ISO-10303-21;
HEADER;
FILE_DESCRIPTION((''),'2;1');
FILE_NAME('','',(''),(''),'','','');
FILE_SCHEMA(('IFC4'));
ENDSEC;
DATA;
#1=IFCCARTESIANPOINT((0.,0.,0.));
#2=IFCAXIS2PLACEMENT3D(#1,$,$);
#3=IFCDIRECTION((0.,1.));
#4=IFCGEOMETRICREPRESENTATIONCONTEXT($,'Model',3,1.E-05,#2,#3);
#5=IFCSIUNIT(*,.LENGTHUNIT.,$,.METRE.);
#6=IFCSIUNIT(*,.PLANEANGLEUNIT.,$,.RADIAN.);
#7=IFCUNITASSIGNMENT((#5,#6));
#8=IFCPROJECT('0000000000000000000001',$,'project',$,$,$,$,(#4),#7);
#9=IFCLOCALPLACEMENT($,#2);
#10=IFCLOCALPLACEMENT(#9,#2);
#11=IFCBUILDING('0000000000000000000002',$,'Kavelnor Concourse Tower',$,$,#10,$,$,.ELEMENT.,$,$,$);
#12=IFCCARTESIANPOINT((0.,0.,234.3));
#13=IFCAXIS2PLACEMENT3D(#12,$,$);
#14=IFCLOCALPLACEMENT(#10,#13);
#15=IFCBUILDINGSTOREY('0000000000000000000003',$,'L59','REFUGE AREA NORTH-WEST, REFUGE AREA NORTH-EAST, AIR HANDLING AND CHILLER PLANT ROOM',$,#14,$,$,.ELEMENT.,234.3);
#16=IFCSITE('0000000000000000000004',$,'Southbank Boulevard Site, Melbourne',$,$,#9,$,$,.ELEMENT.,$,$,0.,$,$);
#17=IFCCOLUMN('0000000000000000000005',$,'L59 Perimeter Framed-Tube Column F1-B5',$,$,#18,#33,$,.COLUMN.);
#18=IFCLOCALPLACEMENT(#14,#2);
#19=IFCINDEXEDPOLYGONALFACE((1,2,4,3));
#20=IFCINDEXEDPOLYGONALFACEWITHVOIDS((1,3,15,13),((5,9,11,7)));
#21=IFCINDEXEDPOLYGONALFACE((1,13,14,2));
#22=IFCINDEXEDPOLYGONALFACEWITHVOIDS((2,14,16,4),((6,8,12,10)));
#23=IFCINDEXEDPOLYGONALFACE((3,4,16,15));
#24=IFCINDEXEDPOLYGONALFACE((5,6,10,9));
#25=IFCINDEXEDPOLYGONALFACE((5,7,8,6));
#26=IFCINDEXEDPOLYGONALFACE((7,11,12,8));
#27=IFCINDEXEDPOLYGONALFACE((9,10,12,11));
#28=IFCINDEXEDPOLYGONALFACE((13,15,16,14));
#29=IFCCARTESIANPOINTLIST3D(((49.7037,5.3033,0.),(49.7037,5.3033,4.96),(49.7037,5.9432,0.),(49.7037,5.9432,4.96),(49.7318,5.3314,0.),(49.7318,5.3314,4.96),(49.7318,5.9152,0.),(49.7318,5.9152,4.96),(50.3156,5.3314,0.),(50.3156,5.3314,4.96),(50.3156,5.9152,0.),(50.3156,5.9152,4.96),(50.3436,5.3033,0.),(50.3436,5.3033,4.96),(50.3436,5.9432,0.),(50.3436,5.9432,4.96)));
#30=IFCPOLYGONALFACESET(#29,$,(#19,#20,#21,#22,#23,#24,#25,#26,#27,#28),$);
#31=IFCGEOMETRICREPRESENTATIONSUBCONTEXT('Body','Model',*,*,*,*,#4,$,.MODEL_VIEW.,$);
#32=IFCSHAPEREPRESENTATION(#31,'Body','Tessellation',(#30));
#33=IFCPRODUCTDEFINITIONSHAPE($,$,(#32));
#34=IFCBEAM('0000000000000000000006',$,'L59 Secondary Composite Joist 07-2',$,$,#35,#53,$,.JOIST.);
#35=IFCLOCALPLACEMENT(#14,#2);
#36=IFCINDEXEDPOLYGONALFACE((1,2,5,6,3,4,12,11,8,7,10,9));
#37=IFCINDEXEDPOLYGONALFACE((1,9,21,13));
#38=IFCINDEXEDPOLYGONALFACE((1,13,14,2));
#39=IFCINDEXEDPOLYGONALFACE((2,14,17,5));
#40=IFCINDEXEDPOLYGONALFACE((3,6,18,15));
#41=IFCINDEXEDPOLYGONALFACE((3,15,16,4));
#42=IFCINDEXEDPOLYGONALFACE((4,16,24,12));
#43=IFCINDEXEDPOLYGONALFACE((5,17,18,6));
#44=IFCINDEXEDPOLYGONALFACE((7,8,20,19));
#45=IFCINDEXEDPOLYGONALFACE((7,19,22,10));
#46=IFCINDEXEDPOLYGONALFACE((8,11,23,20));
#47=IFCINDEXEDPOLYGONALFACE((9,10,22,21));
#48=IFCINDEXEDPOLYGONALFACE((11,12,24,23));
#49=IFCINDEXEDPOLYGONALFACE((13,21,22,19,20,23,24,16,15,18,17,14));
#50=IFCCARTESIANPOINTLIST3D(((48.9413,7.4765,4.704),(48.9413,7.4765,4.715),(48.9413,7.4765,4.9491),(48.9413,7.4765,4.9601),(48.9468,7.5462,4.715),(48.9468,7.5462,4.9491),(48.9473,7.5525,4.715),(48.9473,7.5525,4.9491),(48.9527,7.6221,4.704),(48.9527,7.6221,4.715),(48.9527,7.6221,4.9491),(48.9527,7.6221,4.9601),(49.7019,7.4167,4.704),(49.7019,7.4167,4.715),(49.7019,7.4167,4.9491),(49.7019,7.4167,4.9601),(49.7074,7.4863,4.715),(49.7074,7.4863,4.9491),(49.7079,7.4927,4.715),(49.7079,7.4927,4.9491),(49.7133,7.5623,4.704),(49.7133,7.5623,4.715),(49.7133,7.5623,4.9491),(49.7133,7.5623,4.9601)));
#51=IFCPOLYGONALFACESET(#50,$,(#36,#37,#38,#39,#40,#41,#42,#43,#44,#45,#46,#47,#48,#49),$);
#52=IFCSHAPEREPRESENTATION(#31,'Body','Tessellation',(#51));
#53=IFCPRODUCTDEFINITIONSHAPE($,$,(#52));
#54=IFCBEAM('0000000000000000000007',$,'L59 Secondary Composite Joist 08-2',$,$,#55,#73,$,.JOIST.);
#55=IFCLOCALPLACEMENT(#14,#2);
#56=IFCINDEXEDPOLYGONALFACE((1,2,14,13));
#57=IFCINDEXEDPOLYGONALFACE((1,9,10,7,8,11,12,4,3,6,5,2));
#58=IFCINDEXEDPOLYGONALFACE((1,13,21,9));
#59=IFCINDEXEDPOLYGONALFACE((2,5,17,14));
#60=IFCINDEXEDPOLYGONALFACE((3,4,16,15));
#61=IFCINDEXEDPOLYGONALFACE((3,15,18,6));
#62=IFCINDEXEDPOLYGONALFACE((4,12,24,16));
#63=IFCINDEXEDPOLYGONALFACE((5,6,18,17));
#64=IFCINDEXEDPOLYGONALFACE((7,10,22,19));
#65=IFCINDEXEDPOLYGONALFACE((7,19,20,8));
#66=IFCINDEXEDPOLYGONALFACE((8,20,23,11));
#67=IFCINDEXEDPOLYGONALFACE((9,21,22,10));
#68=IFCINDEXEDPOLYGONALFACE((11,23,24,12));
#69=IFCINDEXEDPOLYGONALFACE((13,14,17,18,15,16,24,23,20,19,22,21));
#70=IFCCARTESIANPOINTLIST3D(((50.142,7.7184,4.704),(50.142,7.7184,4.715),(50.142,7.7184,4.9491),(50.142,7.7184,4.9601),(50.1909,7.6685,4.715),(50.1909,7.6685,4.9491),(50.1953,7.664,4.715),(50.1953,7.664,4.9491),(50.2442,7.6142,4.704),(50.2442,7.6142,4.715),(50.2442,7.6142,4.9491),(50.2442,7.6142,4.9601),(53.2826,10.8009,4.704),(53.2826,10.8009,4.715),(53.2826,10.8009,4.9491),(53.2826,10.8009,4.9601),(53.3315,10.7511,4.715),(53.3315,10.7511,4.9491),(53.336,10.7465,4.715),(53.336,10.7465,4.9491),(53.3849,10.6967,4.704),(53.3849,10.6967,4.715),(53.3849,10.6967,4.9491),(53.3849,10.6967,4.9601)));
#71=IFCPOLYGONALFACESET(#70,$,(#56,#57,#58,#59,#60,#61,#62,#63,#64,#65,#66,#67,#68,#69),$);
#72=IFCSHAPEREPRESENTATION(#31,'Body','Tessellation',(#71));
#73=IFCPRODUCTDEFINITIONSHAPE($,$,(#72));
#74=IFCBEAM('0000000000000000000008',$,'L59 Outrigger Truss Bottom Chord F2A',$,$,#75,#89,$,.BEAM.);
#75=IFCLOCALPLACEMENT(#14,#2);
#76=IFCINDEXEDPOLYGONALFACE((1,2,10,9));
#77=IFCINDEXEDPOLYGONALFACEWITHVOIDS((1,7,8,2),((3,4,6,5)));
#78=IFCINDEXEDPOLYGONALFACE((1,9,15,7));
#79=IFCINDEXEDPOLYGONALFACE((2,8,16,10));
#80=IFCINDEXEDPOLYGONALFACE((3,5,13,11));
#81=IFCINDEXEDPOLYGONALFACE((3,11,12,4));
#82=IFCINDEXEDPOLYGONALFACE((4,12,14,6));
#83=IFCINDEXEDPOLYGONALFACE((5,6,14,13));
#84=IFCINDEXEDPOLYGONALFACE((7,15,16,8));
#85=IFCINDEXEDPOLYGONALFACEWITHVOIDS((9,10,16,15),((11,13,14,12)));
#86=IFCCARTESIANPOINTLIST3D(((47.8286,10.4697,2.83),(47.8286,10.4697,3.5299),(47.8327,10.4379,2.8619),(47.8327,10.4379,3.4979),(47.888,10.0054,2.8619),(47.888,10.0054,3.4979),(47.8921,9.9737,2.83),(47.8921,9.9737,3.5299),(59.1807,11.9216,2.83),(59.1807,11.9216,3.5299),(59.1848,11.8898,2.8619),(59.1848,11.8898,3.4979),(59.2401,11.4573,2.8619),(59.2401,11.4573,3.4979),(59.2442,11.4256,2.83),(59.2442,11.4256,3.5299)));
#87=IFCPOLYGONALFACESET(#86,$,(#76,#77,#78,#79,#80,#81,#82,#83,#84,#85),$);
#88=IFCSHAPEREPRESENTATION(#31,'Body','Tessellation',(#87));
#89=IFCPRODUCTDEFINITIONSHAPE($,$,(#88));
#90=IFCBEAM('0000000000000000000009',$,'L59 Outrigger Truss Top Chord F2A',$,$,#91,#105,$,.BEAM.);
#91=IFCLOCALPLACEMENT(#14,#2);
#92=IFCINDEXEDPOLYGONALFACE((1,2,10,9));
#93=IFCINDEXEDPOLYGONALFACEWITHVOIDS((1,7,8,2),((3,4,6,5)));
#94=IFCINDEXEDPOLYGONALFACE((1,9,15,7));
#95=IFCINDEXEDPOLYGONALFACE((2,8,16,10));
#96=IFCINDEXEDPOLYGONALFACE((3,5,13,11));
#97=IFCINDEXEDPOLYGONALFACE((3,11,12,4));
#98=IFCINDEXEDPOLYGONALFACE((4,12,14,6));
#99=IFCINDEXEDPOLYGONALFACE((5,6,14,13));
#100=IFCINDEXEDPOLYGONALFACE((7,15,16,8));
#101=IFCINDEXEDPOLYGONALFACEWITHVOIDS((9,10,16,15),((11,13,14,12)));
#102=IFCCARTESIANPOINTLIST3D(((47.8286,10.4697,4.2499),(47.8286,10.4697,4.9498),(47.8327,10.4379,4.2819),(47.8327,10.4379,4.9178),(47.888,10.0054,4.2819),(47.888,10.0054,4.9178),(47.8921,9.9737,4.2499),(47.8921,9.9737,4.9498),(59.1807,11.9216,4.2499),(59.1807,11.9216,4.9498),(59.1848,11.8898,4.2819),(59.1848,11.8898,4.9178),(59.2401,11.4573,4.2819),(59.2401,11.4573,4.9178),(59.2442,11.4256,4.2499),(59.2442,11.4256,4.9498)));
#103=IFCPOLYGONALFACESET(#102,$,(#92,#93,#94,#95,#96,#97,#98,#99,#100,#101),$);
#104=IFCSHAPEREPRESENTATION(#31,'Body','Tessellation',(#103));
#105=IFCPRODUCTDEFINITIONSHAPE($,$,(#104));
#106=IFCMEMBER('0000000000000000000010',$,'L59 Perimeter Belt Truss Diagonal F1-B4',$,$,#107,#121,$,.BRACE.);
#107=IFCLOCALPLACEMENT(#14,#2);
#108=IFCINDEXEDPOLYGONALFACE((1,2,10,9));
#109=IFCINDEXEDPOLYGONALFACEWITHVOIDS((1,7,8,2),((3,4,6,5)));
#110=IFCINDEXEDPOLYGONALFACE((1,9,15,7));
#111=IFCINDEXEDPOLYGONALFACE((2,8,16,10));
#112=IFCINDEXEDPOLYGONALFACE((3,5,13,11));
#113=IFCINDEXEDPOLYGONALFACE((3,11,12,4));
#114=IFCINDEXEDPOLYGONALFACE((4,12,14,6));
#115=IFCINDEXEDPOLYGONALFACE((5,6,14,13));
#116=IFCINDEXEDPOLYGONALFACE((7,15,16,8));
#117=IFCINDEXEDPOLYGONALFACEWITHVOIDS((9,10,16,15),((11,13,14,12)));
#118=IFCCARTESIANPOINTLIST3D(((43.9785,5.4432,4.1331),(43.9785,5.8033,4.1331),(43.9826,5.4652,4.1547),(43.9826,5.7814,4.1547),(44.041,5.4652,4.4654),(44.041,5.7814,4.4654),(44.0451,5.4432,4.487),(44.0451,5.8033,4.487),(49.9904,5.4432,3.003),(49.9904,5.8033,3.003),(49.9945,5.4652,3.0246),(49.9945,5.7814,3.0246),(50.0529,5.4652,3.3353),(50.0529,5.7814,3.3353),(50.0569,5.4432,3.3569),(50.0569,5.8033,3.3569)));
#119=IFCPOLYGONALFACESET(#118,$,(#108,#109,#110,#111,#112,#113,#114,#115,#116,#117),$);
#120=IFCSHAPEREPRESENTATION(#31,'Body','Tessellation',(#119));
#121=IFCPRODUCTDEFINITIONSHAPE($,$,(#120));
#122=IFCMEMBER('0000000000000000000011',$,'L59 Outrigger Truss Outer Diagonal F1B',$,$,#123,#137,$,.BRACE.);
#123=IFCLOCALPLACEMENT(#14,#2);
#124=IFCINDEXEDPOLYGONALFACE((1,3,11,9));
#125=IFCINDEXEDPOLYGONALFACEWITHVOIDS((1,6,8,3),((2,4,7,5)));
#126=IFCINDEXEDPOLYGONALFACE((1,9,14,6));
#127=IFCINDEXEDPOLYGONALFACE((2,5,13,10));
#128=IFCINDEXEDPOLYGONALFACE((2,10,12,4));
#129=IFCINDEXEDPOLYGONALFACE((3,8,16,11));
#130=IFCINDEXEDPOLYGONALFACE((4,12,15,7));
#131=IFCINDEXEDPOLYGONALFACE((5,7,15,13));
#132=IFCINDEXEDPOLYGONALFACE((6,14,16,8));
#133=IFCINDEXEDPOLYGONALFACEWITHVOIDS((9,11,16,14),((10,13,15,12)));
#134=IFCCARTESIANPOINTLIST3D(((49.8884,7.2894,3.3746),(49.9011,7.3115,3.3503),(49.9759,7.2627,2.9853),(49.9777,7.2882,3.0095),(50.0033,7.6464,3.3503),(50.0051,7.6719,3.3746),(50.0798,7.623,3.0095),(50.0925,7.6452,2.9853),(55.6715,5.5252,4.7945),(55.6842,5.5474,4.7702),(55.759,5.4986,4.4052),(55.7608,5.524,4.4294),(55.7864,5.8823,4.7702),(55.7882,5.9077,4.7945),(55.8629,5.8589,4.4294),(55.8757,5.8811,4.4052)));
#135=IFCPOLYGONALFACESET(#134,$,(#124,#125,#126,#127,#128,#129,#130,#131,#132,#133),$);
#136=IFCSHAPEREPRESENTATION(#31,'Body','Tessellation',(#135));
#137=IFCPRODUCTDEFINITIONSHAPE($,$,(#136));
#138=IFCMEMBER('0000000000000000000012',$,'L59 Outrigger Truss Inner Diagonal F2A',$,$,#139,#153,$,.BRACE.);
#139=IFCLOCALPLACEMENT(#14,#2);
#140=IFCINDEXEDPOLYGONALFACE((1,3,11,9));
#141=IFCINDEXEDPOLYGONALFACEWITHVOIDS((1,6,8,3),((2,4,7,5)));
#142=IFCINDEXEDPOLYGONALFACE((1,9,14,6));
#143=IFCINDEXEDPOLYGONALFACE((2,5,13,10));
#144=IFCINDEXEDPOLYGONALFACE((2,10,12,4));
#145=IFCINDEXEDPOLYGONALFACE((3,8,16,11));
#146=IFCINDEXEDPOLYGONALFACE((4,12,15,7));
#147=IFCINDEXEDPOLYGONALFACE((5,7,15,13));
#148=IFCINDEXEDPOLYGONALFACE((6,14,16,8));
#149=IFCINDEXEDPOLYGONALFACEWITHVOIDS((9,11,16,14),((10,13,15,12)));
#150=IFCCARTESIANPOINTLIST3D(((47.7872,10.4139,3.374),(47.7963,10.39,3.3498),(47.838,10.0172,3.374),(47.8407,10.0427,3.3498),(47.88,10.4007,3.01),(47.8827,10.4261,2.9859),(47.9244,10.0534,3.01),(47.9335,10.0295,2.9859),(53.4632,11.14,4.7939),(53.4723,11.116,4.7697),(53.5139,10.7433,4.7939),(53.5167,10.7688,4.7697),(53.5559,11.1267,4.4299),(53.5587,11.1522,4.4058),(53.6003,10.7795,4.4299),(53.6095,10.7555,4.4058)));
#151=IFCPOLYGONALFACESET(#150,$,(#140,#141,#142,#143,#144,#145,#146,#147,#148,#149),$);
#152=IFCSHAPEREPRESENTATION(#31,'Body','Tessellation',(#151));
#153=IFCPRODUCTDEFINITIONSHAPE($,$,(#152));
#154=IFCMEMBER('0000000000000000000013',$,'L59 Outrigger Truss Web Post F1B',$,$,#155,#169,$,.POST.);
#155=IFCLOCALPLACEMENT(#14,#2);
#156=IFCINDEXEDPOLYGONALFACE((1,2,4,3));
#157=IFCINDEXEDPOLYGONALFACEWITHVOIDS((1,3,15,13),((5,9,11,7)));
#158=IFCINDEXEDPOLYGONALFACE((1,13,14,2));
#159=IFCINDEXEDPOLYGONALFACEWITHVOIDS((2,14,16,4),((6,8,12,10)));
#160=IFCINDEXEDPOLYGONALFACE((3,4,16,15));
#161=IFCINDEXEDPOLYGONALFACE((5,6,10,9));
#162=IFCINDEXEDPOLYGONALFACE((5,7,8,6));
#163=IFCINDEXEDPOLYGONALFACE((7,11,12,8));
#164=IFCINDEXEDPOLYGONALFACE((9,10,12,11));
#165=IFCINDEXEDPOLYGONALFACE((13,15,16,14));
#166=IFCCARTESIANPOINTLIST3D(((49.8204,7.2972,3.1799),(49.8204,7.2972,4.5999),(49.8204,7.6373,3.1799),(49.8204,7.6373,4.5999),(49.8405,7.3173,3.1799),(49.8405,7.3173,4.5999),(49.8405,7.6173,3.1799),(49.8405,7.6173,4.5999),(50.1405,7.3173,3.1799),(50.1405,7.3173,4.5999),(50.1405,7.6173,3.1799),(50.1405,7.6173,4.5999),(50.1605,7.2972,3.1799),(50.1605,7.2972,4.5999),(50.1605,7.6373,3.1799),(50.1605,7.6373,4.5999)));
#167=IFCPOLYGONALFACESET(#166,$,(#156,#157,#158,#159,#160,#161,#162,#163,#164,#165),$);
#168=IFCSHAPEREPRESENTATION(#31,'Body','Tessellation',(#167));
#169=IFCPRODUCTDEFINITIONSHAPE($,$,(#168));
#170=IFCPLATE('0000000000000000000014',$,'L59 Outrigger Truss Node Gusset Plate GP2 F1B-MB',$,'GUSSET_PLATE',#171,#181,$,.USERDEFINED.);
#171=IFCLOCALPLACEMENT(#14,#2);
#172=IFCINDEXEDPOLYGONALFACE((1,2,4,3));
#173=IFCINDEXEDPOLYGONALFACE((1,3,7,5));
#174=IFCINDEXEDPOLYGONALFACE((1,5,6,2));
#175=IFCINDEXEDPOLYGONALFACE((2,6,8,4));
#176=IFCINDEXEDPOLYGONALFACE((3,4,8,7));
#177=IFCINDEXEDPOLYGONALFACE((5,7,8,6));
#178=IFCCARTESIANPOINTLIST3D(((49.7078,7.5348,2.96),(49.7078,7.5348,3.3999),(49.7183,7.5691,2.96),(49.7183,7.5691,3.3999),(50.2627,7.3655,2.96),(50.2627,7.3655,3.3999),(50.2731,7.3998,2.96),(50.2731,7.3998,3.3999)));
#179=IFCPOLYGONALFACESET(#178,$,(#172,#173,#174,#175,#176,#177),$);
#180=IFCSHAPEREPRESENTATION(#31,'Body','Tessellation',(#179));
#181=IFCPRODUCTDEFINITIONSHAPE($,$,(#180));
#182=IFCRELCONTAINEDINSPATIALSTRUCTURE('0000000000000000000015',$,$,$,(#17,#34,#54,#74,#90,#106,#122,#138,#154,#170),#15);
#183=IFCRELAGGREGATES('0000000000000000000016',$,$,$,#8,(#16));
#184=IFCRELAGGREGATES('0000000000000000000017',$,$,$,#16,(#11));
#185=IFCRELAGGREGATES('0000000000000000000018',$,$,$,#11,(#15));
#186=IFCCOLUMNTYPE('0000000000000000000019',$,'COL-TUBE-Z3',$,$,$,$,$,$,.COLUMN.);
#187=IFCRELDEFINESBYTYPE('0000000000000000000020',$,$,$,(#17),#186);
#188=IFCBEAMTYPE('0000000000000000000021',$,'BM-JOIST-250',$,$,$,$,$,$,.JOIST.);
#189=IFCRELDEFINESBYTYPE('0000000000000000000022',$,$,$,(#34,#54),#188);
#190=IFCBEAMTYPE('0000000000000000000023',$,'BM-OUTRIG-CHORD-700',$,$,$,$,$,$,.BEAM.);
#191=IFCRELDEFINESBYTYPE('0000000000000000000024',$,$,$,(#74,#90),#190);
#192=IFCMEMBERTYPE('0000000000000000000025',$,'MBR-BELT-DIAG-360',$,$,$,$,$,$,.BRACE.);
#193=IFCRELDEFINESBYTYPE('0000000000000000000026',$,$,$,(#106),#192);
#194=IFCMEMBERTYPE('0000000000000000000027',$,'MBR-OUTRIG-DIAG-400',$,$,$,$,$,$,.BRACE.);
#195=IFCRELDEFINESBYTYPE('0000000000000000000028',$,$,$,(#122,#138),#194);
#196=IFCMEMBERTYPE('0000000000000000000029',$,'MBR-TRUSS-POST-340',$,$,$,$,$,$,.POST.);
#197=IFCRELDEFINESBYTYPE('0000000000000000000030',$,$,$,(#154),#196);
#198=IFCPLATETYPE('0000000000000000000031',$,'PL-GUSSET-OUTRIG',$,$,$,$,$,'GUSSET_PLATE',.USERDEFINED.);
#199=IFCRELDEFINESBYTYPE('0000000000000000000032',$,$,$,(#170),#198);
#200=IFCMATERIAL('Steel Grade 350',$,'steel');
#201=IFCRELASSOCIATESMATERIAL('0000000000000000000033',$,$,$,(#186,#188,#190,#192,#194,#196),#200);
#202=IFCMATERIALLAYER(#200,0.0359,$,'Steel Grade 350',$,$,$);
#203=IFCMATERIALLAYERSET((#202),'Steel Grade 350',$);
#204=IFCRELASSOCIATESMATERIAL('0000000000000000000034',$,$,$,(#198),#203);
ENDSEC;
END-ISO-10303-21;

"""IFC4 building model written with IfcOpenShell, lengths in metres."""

from ifc_helpers import new_model, si_unit, direction, frame, origin, origin_2d, place, context, subcontext, project, spatial, rectangle, hollow_rectangle, i_section, extrude, material, layer, layer_set, material_profile, profile_set, type_object, element, save


model = new_model("IFC4")

# Units and contexts
model_context = context("Model", 3, precision=1e-05, world=origin(), true_north=direction((0.0, 1.0)))
body_context = subcontext(model_context, "Body", "Model", "MODEL_VIEW")
ifc_project = project(units=[si_unit("LENGTHUNIT", "METRE"), si_unit("PLANEANGLEUNIT", "RADIAN")], contexts=[model_context])

# Site, building, storey
site_placement = place(None, origin())
site = spatial("IfcSite", under=ifc_project, at=site_placement, Name="Southbank Boulevard Site, Melbourne", CompositionType="ELEMENT", RefElevation=0.0)
building_placement = place(site_placement, origin())
building = spatial("IfcBuilding", under=site, at=building_placement, Name="Kavelnor Concourse Tower", CompositionType="ELEMENT")
storey_placement = place(building_placement, frame((0.0, 0.0, 234.3)))
storey = spatial("IfcBuildingStorey", under=building, at=storey_placement, Name="L59", Description="REFUGE AREA NORTH-WEST, REFUGE AREA NORTH-EAST, AIR HANDLING AND CHILLER PLANT ROOM", CompositionType="ELEMENT", Elevation=234.3)

# Column
ifc_material_1 = material(Name="Steel Grade 350", Category="steel")
ifc_material_profile_1 = material_profile(ifc_material_1, hollow_rectangle(XDim=0.6399, YDim=0.6399, WallThickness=0.0281, at=origin_2d()), Name="SHS 640x640x28")
ifc_profile_set_1 = profile_set([ifc_material_profile_1], Name="Steel Grade 350")
column_type = type_object("IfcColumnType", Name="COL-TUBE-Z3", PredefinedType="COLUMN", material=ifc_profile_set_1)
column_placement = place(storey_placement, frame((50.0237, 5.6233, 0.0), z_axis=(0.0, 0.0, 1.0), x_axis=(1.0, 0.0, 0.0)))
element("IfcColumn", 1, at=column_placement, inside=storey, type_object=column_type, Name="L59 Perimeter Framed-Tube Column F1-B5", PredefinedType="COLUMN", context=body_context, shape_type="SweptSolid", body=[
    extrude(hollow_rectangle(XDim=0.6399, YDim=0.6399, WallThickness=0.0281, at=origin_2d()), origin(), (0.0, 0.0, 1.0), 4.96),
])

# Beams
ifc_material_profile_2 = material_profile(ifc_material_1, i_section(OverallWidth=0.146, OverallDepth=0.2561, WebThickness=0.0063, FlangeThickness=0.011, at=origin_2d()), Name="250UB37")
ifc_profile_set_2 = profile_set([ifc_material_profile_2], Name="Steel Grade 350")
beam_type_1 = type_object("IfcBeamType", Name="BM-JOIST-250", PredefinedType="JOIST", material=ifc_profile_set_2)
beam_1_placement = place(storey_placement, frame((48.947, 7.5493, 4.832), z_axis=(0.996921, -0.07841, 0.0), x_axis=(0.07841, 0.996921, 0.0)))
element("IfcBeam", 2, at=beam_1_placement, inside=storey, type_object=beam_type_1, Name="L59 Secondary Composite Joist 07-2", PredefinedType="JOIST", context=body_context, shape_type="SweptSolid", body=[
    extrude(i_section(OverallWidth=0.146, OverallDepth=0.2561, WebThickness=0.0063, FlangeThickness=0.011, at=origin_2d()), origin(), (0.0, 0.0, 1.0), 0.7629),
])
beam_2_placement = place(storey_placement, frame((50.1931, 7.6663, 4.832), z_axis=(0.713678, 0.700474, 0.0), x_axis=(-0.700474, 0.713678, 0.0)))
element("IfcBeam", 3, at=beam_2_placement, inside=storey, type_object=beam_type_1, Name="L59 Secondary Composite Joist 08-2", PredefinedType="JOIST", context=body_context, shape_type="SweptSolid", body=[
    extrude(i_section(OverallWidth=0.146, OverallDepth=0.2561, WebThickness=0.0063, FlangeThickness=0.011, at=origin_2d()), origin(), (0.0, 0.0, 1.0), 4.4006),
])
ifc_material_profile_3 = material_profile(ifc_material_1, hollow_rectangle(XDim=0.5, YDim=0.7, WallThickness=0.032, at=origin_2d()), Name="RHS 700x500x32")
ifc_profile_set_3 = profile_set([ifc_material_profile_3], Name="Steel Grade 350")
beam_type_2 = type_object("IfcBeamType", Name="BM-OUTRIG-CHORD-700", PredefinedType="BEAM", material=ifc_profile_set_3)
for number, where, z_axis, x_axis, name in (
    (4, (47.8604, 10.2217, 3.1799), (0.99192, 0.126865, 0.0), (-0.126865, 0.99192, 0.0), "L59 Outrigger Truss Bottom Chord F2A"),
    (5, (47.8604, 10.2217, 4.5999), (0.99192, 0.126865, 0.0), (-0.126865, 0.99192, 0.0), "L59 Outrigger Truss Top Chord F2A"),
):
    element("IfcBeam", number, at=place(storey_placement, frame(where, z_axis=z_axis, x_axis=x_axis)), inside=storey, type_object=beam_type_2, Name=name, PredefinedType="BEAM", context=body_context, shape_type="SweptSolid", body=[
        extrude(hollow_rectangle(XDim=0.5, YDim=0.7, WallThickness=0.032, at=origin_2d()), origin(), (0.0, 0.0, 1.0), 11.4446),
    ])

# Members
ifc_material_profile_4 = material_profile(ifc_material_1, hollow_rectangle(XDim=0.3601, YDim=0.3601, WallThickness=0.022, at=origin_2d()), Name="SHS 360x360x22")
ifc_profile_set_4 = profile_set([ifc_material_profile_4], Name="Steel Grade 350")
member_type_1 = type_object("IfcMemberType", Name="MBR-BELT-DIAG-360", PredefinedType="BRACE", material=ifc_profile_set_4)
member_1_placement = place(storey_placement, frame((50.0237, 5.6233, 3.1799), z_axis=(-0.982787, 0.0, 0.184744), x_axis=(0.0, -1.0, 0.0)))
element("IfcMember", 6, at=member_1_placement, inside=storey, type_object=member_type_1, Name="L59 Perimeter Belt Truss Diagonal F1-B4", PredefinedType="BRACE", context=body_context, shape_type="SweptSolid", body=[
    extrude(hollow_rectangle(XDim=0.3601, YDim=0.3601, WallThickness=0.022, at=origin_2d()), origin(), (0.0, 0.0, 1.0), 6.1172),
])
ifc_material_profile_5 = material_profile(ifc_material_1, hollow_rectangle(XDim=0.3999, YDim=0.3999, WallThickness=0.0249, at=origin_2d()), Name="SHS 400x400x25")
ifc_profile_set_5 = profile_set([ifc_material_profile_5], Name="Steel Grade 350")
member_type_2 = type_object("IfcMemberType", Name="MBR-OUTRIG-DIAG-400", PredefinedType="BRACE", material=ifc_profile_set_5)
member_2_placement = place(storey_placement, frame((49.9905, 7.4673, 3.1799), z_axis=(0.931155, -0.284048, 0.228622), x_axis=(0.291775, 0.956487, 0.0)))
element("IfcMember", 7, at=member_2_placement, inside=storey, type_object=member_type_2, Name="L59 Outrigger Truss Outer Diagonal F1B", PredefinedType="BRACE", context=body_context, shape_type="SweptSolid", body=[
    extrude(hollow_rectangle(XDim=0.3999, YDim=0.3999, WallThickness=0.0249, at=origin_2d()), origin(), (0.0, 0.0, 1.0), 6.2107),
])
member_3_placement = place(storey_placement, frame((47.8604, 10.2217, 3.1799), z_axis=(0.962721, 0.123151, 0.240836), x_axis=(-0.126886, 0.991917, 0.0)))
element("IfcMember", 8, at=member_3_placement, inside=storey, type_object=member_type_2, Name="L59 Outrigger Truss Inner Diagonal F2A", PredefinedType="BRACE", context=body_context, shape_type="SweptSolid", body=[
    extrude(hollow_rectangle(XDim=0.3999, YDim=0.3999, WallThickness=0.0249, at=origin_2d()), origin(), (0.0, 0.0, 1.0), 5.8958),
])
ifc_material_profile_6 = material_profile(ifc_material_1, hollow_rectangle(XDim=0.3401, YDim=0.3401, WallThickness=0.02, at=origin_2d()), Name="SHS 340x340x20")
ifc_profile_set_6 = profile_set([ifc_material_profile_6], Name="Steel Grade 350")
member_type_3 = type_object("IfcMemberType", Name="MBR-TRUSS-POST-340", PredefinedType="POST", material=ifc_profile_set_6)
member_4_placement = place(storey_placement, frame((49.9905, 7.4673, 3.1799), z_axis=(0.0, 0.0, 1.0), x_axis=(1.0, 0.0, 0.0)))
element("IfcMember", 9, at=member_4_placement, inside=storey, type_object=member_type_3, Name="L59 Outrigger Truss Web Post F1B", PredefinedType="POST", context=body_context, shape_type="SweptSolid", body=[
    extrude(hollow_rectangle(XDim=0.3401, YDim=0.3401, WallThickness=0.02, at=origin_2d()), origin(), (0.0, 0.0, 1.0), 1.4199),
])

# Plate
ifc_layer_1 = layer(ifc_material_1, 0.0359, Name="Steel Grade 350")
ifc_layer_set_1 = layer_set([ifc_layer_1], Name="Steel Grade 350")
plate_type_1 = type_object("IfcPlateType", Name="PL-GUSSET-OUTRIG", ElementType="GUSSET_PLATE", PredefinedType="USERDEFINED", material=ifc_layer_set_1)
for number, where, z_axis, x_axis, name in (
    (10, (49.9905, 7.4673, 2.96), (0.0, 0.0, 1.0), (0.956458, -0.291871, 0.0), "L59 Outrigger Truss Node Gusset Plate GP2 F1B-MB"),
):
    element("IfcPlate", number, at=place(storey_placement, frame(where, z_axis=z_axis, x_axis=x_axis)), inside=storey, type_object=plate_type_1, Name=name, ObjectType="GUSSET_PLATE", PredefinedType="USERDEFINED", context=body_context, shape_type="SweptSolid", body=[
        extrude(rectangle(XDim=0.5801, YDim=0.0359, at=origin_2d()), origin(), (0.0, 0.0, 1.0), 0.4399),
    ])

save(model, "model.ifc")
